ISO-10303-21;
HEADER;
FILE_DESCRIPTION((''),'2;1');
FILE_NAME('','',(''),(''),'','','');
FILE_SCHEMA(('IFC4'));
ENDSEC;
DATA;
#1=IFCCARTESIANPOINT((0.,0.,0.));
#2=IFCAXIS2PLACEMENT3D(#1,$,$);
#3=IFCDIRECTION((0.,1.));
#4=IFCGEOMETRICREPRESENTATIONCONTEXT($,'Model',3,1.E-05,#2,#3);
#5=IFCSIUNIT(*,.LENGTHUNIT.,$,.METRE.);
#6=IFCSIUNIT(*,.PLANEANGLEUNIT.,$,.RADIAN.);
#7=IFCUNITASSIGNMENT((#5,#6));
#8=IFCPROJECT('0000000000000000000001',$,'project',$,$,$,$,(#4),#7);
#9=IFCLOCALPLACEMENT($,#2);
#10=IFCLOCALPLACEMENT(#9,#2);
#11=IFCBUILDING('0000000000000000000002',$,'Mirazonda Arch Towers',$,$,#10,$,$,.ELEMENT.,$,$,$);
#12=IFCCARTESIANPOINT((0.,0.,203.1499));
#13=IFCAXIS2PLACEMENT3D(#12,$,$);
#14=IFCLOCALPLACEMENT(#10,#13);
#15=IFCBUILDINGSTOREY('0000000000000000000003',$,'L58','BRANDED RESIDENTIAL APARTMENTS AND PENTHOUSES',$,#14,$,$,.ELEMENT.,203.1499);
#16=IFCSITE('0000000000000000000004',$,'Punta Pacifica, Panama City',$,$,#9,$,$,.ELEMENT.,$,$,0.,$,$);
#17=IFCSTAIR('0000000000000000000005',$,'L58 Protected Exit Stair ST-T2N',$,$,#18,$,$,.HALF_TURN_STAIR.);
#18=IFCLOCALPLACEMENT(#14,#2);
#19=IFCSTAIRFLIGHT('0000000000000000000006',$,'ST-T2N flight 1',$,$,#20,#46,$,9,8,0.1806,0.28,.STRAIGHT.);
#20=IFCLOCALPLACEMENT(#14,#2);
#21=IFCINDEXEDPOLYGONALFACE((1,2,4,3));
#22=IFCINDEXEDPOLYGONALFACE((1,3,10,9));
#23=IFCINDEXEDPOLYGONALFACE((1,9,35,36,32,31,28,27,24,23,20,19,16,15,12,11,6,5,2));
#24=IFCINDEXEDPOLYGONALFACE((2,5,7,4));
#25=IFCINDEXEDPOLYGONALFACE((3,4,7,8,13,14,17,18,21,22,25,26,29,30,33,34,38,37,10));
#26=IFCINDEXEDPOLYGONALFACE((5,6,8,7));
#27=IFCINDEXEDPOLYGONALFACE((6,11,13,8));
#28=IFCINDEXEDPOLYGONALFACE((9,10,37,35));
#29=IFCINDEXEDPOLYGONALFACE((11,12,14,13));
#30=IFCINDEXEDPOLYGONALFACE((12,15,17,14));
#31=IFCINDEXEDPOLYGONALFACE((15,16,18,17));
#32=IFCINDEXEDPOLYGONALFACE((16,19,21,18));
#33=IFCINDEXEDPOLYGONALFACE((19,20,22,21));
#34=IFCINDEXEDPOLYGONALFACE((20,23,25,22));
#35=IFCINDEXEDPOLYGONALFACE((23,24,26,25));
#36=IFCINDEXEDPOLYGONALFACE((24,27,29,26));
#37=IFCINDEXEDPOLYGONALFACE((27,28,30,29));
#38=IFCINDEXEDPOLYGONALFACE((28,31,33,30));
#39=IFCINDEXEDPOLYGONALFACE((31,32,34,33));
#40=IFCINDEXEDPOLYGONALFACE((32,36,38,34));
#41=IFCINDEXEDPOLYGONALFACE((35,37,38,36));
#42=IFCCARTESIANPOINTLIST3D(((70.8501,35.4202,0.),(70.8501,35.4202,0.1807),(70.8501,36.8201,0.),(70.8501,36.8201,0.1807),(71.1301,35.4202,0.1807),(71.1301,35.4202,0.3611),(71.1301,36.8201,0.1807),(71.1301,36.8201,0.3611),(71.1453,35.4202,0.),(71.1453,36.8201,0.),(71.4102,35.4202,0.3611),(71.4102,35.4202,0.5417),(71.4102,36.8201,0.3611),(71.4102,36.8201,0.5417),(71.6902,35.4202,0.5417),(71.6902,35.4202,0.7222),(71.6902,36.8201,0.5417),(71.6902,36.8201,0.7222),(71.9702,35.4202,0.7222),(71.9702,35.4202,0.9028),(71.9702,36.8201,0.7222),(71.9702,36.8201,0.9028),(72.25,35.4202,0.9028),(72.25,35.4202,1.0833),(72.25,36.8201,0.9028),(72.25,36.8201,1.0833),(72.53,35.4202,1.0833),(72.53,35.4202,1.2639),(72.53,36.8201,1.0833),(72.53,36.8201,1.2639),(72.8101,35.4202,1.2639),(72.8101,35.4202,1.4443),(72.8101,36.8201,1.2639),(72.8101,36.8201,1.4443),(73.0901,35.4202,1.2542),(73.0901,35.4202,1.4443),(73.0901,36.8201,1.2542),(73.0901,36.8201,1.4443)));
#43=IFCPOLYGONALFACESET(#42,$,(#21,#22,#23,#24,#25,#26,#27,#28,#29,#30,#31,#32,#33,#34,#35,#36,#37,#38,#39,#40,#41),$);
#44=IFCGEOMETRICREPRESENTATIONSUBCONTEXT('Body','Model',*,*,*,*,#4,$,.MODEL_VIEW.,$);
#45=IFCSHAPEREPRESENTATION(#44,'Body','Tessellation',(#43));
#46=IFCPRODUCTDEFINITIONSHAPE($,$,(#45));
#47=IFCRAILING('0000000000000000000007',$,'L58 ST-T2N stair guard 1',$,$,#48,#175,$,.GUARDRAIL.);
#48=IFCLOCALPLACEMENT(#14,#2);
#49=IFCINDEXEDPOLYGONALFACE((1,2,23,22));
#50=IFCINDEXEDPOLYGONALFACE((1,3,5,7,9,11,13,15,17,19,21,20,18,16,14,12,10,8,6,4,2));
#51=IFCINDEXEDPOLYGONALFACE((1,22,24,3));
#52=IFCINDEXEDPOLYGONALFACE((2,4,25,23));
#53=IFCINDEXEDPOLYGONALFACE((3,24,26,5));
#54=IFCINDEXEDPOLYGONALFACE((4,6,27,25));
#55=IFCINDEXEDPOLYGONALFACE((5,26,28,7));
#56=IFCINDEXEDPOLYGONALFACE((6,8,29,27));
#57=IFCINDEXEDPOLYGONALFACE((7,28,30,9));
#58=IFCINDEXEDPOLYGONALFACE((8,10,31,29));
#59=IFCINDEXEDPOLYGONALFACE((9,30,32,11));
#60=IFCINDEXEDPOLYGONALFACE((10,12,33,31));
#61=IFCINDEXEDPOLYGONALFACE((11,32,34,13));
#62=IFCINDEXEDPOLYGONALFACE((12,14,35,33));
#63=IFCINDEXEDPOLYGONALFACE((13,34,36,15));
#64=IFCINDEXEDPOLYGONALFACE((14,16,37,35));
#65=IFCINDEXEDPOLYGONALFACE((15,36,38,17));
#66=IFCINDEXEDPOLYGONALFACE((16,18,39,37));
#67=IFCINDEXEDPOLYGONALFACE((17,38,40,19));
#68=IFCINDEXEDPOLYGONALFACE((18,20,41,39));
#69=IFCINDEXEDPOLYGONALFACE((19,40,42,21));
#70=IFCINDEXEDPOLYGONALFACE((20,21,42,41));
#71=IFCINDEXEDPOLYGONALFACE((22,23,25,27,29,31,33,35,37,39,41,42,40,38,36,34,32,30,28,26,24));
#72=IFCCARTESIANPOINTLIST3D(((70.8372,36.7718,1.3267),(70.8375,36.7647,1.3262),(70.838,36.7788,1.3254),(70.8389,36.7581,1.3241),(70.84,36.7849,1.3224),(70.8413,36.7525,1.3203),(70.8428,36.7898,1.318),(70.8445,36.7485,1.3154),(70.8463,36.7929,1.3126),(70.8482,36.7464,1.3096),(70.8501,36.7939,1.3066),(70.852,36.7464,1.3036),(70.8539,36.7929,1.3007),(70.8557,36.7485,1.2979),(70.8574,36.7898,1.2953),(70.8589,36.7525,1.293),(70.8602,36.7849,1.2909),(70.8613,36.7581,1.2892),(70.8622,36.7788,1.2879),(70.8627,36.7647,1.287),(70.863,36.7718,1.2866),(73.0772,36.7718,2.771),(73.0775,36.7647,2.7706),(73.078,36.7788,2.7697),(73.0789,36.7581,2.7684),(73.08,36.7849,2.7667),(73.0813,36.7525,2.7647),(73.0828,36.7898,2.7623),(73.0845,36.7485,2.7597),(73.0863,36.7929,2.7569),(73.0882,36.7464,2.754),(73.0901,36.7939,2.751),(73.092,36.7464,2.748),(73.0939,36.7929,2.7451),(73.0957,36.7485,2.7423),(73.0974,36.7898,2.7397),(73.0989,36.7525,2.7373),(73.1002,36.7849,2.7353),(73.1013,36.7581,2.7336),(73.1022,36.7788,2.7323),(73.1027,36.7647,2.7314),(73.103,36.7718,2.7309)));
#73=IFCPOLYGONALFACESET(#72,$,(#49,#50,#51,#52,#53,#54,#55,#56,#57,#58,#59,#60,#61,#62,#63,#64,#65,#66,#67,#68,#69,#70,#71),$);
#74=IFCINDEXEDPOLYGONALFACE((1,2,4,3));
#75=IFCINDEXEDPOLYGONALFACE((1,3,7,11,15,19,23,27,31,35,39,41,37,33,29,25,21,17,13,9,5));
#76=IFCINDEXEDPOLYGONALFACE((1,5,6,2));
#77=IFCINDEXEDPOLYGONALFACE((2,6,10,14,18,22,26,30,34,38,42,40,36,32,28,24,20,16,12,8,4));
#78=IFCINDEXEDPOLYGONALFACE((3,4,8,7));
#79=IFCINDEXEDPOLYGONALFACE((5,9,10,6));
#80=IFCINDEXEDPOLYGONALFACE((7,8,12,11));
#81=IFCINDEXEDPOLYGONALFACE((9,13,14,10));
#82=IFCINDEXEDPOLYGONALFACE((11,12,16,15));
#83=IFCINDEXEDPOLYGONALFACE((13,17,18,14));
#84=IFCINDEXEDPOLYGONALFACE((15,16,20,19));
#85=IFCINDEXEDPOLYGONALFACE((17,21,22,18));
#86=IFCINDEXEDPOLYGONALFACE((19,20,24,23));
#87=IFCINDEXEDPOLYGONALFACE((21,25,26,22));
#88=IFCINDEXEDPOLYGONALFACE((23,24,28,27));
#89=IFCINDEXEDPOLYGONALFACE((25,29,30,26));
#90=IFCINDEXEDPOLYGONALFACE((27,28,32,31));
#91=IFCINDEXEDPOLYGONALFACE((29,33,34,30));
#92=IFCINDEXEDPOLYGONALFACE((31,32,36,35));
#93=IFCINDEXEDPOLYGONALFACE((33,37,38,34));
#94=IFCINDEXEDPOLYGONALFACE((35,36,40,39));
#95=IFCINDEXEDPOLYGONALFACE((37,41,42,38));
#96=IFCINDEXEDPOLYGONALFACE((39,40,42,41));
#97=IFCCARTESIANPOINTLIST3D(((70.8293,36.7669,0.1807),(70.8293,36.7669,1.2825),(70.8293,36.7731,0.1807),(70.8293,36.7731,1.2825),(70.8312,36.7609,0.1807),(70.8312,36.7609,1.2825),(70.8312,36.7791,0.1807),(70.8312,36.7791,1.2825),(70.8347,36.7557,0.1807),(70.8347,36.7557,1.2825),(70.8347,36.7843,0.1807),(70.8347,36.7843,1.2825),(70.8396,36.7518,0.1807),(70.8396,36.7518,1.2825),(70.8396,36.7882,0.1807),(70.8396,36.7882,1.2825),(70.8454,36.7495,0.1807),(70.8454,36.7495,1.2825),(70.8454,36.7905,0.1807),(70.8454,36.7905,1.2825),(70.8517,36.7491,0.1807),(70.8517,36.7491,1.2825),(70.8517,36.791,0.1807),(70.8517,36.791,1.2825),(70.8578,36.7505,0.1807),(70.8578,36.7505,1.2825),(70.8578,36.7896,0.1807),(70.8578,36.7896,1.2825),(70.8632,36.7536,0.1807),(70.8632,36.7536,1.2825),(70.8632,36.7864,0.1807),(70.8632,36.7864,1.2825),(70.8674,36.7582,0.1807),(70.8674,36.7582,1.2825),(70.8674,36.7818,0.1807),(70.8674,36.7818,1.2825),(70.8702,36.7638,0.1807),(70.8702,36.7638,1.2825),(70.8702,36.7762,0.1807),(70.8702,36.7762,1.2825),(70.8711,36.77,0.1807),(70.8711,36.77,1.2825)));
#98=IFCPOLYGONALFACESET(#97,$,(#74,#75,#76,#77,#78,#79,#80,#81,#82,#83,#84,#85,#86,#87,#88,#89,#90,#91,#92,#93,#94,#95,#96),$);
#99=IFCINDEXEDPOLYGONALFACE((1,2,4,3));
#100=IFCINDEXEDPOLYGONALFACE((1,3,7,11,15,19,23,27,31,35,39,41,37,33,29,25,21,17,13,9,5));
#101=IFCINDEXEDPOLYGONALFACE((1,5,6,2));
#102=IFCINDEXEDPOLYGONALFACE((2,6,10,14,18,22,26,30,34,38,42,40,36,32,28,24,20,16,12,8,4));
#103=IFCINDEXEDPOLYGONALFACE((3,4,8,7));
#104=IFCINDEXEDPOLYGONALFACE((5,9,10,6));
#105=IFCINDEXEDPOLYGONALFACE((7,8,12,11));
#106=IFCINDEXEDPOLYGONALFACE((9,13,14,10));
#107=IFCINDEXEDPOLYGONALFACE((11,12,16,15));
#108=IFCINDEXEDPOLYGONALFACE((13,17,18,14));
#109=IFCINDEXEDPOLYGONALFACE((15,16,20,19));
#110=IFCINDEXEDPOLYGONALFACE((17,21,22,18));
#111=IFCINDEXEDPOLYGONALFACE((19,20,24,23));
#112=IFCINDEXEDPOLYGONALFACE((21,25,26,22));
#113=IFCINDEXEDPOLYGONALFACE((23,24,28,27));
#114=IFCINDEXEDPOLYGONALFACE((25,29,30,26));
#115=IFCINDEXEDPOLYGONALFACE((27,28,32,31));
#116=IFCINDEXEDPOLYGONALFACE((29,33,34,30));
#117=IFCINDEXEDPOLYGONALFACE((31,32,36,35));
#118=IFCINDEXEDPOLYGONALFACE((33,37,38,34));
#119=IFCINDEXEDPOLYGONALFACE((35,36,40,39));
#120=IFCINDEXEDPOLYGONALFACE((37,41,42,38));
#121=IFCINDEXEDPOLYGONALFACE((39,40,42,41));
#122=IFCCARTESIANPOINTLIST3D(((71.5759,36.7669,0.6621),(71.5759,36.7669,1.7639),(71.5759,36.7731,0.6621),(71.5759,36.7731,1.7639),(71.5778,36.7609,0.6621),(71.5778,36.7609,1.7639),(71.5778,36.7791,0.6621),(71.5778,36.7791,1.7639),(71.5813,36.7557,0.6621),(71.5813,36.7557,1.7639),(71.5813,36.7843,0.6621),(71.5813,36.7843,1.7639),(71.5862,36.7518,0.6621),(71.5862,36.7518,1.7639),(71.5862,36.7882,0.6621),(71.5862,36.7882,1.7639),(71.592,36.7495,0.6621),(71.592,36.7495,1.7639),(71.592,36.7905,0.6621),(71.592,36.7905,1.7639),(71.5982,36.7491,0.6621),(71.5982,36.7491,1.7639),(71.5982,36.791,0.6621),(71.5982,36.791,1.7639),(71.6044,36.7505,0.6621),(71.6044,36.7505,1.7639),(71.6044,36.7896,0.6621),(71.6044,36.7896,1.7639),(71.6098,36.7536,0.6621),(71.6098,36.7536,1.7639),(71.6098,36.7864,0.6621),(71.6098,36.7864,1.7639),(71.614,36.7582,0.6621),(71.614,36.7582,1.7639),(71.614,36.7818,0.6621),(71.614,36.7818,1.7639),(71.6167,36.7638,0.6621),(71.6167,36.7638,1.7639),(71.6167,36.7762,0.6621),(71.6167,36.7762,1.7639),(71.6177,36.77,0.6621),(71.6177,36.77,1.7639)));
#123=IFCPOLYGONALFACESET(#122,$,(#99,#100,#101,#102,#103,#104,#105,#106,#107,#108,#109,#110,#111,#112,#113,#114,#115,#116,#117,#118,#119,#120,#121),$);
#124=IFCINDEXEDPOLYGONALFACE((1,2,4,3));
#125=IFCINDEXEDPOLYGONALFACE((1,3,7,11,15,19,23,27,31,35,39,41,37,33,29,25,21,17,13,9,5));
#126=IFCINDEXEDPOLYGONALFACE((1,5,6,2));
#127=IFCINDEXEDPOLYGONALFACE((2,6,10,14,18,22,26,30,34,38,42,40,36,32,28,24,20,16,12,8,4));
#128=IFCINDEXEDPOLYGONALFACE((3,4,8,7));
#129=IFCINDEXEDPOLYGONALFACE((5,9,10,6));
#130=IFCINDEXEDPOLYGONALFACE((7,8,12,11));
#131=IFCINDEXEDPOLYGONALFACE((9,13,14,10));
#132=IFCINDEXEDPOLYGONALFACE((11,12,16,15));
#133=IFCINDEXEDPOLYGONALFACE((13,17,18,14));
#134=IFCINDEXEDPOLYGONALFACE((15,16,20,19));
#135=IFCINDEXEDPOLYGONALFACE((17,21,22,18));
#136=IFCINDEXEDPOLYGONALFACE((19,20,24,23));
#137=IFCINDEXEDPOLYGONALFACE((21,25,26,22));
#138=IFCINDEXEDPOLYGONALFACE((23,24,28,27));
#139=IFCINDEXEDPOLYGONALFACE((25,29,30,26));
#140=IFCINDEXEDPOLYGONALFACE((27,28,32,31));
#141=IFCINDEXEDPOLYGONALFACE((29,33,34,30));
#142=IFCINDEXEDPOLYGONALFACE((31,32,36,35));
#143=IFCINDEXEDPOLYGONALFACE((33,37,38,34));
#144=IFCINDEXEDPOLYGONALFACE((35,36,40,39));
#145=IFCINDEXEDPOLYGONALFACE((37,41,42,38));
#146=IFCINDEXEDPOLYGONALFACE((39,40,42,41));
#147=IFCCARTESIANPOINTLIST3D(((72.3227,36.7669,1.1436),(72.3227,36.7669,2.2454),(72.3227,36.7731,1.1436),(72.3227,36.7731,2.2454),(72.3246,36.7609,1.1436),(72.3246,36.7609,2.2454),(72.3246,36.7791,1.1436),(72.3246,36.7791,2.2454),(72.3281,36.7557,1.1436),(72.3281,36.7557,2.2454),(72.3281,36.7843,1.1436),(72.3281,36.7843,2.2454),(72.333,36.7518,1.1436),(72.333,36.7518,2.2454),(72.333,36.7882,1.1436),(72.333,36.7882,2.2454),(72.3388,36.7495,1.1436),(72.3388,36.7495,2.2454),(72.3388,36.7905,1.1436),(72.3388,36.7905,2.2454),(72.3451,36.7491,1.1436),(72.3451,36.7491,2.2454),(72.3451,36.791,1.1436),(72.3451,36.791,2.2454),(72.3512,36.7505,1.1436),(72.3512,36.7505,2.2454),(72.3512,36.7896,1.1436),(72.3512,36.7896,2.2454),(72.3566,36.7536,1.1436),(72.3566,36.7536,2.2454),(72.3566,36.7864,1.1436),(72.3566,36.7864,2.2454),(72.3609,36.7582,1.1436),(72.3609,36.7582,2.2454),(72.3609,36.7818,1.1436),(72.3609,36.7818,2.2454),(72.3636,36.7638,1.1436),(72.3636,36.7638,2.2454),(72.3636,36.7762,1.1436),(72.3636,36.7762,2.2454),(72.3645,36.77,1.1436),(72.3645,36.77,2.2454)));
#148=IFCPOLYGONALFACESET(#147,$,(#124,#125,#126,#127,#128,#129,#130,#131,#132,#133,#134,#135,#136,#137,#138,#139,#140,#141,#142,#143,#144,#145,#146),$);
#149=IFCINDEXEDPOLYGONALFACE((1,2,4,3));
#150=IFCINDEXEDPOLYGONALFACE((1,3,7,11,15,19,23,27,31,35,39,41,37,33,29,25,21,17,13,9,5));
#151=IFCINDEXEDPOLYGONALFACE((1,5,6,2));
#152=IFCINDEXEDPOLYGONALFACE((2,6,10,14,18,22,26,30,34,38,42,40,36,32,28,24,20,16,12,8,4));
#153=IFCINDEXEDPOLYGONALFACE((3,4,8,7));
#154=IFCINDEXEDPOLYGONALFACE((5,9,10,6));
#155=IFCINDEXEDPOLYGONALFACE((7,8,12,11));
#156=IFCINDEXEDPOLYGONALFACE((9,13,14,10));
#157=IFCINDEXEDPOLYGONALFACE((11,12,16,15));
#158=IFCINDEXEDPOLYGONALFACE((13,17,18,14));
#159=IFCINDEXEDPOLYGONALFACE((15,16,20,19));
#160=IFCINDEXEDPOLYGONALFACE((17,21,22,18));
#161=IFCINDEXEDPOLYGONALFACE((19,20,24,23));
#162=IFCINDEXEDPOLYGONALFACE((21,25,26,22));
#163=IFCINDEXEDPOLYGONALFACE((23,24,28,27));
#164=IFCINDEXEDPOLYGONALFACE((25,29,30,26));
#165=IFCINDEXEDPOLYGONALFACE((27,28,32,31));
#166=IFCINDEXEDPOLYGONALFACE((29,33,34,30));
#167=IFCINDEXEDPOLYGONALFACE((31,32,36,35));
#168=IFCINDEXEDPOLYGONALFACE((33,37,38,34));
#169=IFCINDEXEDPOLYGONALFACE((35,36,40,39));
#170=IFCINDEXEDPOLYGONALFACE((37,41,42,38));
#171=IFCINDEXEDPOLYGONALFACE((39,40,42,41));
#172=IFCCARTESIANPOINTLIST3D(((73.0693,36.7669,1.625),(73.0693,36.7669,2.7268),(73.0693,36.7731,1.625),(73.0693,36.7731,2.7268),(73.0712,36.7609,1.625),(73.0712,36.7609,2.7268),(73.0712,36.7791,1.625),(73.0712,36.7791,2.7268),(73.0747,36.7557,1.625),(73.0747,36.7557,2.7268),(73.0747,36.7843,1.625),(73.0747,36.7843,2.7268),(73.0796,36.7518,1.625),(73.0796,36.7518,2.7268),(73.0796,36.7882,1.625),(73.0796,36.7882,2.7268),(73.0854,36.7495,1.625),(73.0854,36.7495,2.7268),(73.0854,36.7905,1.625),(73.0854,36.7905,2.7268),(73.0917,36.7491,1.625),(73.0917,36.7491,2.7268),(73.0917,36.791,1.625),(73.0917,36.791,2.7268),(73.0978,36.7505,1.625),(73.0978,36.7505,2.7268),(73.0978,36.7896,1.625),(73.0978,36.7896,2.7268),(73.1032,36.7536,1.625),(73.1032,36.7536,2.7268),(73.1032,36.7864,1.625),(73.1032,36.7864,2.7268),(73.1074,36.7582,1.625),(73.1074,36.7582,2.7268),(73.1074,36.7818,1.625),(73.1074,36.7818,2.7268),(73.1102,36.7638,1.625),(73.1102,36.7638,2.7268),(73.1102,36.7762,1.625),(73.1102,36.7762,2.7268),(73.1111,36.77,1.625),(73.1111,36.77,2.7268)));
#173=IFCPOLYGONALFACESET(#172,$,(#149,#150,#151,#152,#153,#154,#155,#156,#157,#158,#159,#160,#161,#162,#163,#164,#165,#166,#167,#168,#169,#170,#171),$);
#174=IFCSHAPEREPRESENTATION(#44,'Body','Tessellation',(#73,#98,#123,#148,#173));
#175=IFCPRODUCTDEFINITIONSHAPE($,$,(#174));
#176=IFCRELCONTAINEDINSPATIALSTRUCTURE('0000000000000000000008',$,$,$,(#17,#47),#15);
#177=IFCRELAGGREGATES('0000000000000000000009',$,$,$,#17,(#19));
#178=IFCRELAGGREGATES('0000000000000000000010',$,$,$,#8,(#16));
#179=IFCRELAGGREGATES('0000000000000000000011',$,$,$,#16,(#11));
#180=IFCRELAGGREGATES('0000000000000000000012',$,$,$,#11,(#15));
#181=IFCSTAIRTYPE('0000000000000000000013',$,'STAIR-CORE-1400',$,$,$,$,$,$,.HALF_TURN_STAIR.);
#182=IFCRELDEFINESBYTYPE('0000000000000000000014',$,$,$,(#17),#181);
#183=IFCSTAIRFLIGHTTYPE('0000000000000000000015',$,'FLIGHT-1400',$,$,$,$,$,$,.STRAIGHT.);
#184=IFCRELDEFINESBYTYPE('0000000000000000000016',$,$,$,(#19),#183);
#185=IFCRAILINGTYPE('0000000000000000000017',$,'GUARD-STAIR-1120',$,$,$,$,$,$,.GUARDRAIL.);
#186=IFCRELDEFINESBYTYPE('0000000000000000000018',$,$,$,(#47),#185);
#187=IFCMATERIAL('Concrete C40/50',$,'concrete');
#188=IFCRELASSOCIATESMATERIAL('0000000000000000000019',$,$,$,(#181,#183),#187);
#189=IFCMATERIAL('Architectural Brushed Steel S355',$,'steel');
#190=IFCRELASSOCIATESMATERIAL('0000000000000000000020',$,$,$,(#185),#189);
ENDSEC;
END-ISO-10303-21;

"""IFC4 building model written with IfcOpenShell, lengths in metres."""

from ifc_helpers import new_model, si_unit, direction, frame, origin, origin_2d, place, context, subcontext, project, spatial, polyline, circle, outline, extrude, material, type_object, element, aggregate, save


model = new_model("IFC4")

# Units and contexts
model_context = context("Model", 3, precision=1e-05, world=origin(), true_north=direction((0.0, 1.0)))
body_context = subcontext(model_context, "Body", "Model", "MODEL_VIEW")
ifc_project = project(units=[si_unit("LENGTHUNIT", "METRE"), si_unit("PLANEANGLEUNIT", "RADIAN")], contexts=[model_context])

# Site, building, storey
site_placement = place(None, origin())
site = spatial("IfcSite", under=ifc_project, at=site_placement, Name="Punta Pacifica, Panama City", CompositionType="ELEMENT", RefElevation=0.0)
building_placement = place(site_placement, origin())
building = spatial("IfcBuilding", under=site, at=building_placement, Name="Mirazonda Arch Towers", CompositionType="ELEMENT")
storey_placement = place(building_placement, frame((0.0, 0.0, 203.1499)))
storey = spatial("IfcBuildingStorey", under=building, at=storey_placement, Name="L58", Description="BRANDED RESIDENTIAL APARTMENTS AND PENTHOUSES", CompositionType="ELEMENT", Elevation=203.1499)

# Stair, stair flight
ifc_material_1 = material(Name="Concrete C40/50", Category="concrete")
stair_type = type_object("IfcStairType", Name="STAIR-CORE-1400", PredefinedType="HALF_TURN_STAIR", material=ifc_material_1)
stair_placement = place(storey_placement, origin())
stair = element("IfcStair", 1, at=stair_placement, inside=storey, type_object=stair_type, Name="L58 Protected Exit Stair ST-T2N", PredefinedType="HALF_TURN_STAIR")
stair_flight_type = type_object("IfcStairFlightType", Name="FLIGHT-1400", PredefinedType="STRAIGHT", material=ifc_material_1)
stair_flight_placement = place(storey_placement, frame((70.8501, 36.1201, 0.0), z_axis=(0.0, 0.0, 1.0), x_axis=(1.0, 0.0, 0.0)))
stair_flight = element("IfcStairFlight", 2, at=stair_flight_placement, type_object=stair_flight_type, Name="ST-T2N flight 1", NumberOfRisers=9, NumberOfTreads=8, PredefinedType="STRAIGHT", RiserHeight=0.1806, TreadLength=0.28, context=body_context, shape_type="SweptSolid", body=[
    extrude(outline(polyline([(0.0, 0.0), (0.0, 0.1807), (0.28, 0.1807), (0.28, 0.3611), (0.5601, 0.3611), (0.5601, 0.5417), (0.8401, 0.5417), (0.8401, 0.7222), (1.1201, 0.7222), (1.1201, 0.9028), (1.3999, 0.9028), (1.3999, 1.0833), (1.6799, 1.0833), (1.6799, 1.2639), (1.96, 1.2639), (1.96, 1.4443), (2.24, 1.4443), (2.24, 1.625), (2.24, 1.2542), (0.2952, 0.0), (0.0, 0.0)])), frame((0.0, 0.7, 0.0), z_axis=(0.0, -1.0, 0.0), x_axis=(1.0, 0.0, 0.0)), (0.0, 0.0, 1.0), 1.3999),
])
aggregate(stair, [stair_flight])

# Railing
ifc_material_2 = material(Name="Architectural Brushed Steel S355", Category="steel")
railing_type_1 = type_object("IfcRailingType", Name="GUARD-STAIR-1120", PredefinedType="GUARDRAIL", material=ifc_material_2)
railing_1_placement = place(storey_placement, frame((70.8501, 36.77, 0.1807)))
element("IfcRailing", 3, at=railing_1_placement, inside=storey, type_object=railing_type_1, Name="L58 ST-T2N stair guard 1", PredefinedType="GUARDRAIL", context=body_context, shape_type="SweptSolid", body=[
    extrude(circle(Radius=0.0239, at=origin_2d()), frame((0.0, 0.0, 1.126), z_axis=(0.840437, 0.0, 0.54191), x_axis=(0.0, 1.0, 0.0)), (0.0, 0.0, 1.0), 2.6653),
    extrude(circle(Radius=0.021, at=origin_2d()), origin(), (0.0, 0.0, 1.0), 1.1018),
    extrude(circle(Radius=0.021, at=origin_2d()), frame((0.7466, 0.0, 0.4814)), (0.0, 0.0, 1.0), 1.1018),
    extrude(circle(Radius=0.021, at=origin_2d()), frame((1.4934, 0.0, 0.9629)), (0.0, 0.0, 1.0), 1.1018),
    extrude(circle(Radius=0.021, at=origin_2d()), frame((2.24, 0.0, 1.4443)), (0.0, 0.0, 1.0), 1.1018),
])

save(model, "model.ifc")
